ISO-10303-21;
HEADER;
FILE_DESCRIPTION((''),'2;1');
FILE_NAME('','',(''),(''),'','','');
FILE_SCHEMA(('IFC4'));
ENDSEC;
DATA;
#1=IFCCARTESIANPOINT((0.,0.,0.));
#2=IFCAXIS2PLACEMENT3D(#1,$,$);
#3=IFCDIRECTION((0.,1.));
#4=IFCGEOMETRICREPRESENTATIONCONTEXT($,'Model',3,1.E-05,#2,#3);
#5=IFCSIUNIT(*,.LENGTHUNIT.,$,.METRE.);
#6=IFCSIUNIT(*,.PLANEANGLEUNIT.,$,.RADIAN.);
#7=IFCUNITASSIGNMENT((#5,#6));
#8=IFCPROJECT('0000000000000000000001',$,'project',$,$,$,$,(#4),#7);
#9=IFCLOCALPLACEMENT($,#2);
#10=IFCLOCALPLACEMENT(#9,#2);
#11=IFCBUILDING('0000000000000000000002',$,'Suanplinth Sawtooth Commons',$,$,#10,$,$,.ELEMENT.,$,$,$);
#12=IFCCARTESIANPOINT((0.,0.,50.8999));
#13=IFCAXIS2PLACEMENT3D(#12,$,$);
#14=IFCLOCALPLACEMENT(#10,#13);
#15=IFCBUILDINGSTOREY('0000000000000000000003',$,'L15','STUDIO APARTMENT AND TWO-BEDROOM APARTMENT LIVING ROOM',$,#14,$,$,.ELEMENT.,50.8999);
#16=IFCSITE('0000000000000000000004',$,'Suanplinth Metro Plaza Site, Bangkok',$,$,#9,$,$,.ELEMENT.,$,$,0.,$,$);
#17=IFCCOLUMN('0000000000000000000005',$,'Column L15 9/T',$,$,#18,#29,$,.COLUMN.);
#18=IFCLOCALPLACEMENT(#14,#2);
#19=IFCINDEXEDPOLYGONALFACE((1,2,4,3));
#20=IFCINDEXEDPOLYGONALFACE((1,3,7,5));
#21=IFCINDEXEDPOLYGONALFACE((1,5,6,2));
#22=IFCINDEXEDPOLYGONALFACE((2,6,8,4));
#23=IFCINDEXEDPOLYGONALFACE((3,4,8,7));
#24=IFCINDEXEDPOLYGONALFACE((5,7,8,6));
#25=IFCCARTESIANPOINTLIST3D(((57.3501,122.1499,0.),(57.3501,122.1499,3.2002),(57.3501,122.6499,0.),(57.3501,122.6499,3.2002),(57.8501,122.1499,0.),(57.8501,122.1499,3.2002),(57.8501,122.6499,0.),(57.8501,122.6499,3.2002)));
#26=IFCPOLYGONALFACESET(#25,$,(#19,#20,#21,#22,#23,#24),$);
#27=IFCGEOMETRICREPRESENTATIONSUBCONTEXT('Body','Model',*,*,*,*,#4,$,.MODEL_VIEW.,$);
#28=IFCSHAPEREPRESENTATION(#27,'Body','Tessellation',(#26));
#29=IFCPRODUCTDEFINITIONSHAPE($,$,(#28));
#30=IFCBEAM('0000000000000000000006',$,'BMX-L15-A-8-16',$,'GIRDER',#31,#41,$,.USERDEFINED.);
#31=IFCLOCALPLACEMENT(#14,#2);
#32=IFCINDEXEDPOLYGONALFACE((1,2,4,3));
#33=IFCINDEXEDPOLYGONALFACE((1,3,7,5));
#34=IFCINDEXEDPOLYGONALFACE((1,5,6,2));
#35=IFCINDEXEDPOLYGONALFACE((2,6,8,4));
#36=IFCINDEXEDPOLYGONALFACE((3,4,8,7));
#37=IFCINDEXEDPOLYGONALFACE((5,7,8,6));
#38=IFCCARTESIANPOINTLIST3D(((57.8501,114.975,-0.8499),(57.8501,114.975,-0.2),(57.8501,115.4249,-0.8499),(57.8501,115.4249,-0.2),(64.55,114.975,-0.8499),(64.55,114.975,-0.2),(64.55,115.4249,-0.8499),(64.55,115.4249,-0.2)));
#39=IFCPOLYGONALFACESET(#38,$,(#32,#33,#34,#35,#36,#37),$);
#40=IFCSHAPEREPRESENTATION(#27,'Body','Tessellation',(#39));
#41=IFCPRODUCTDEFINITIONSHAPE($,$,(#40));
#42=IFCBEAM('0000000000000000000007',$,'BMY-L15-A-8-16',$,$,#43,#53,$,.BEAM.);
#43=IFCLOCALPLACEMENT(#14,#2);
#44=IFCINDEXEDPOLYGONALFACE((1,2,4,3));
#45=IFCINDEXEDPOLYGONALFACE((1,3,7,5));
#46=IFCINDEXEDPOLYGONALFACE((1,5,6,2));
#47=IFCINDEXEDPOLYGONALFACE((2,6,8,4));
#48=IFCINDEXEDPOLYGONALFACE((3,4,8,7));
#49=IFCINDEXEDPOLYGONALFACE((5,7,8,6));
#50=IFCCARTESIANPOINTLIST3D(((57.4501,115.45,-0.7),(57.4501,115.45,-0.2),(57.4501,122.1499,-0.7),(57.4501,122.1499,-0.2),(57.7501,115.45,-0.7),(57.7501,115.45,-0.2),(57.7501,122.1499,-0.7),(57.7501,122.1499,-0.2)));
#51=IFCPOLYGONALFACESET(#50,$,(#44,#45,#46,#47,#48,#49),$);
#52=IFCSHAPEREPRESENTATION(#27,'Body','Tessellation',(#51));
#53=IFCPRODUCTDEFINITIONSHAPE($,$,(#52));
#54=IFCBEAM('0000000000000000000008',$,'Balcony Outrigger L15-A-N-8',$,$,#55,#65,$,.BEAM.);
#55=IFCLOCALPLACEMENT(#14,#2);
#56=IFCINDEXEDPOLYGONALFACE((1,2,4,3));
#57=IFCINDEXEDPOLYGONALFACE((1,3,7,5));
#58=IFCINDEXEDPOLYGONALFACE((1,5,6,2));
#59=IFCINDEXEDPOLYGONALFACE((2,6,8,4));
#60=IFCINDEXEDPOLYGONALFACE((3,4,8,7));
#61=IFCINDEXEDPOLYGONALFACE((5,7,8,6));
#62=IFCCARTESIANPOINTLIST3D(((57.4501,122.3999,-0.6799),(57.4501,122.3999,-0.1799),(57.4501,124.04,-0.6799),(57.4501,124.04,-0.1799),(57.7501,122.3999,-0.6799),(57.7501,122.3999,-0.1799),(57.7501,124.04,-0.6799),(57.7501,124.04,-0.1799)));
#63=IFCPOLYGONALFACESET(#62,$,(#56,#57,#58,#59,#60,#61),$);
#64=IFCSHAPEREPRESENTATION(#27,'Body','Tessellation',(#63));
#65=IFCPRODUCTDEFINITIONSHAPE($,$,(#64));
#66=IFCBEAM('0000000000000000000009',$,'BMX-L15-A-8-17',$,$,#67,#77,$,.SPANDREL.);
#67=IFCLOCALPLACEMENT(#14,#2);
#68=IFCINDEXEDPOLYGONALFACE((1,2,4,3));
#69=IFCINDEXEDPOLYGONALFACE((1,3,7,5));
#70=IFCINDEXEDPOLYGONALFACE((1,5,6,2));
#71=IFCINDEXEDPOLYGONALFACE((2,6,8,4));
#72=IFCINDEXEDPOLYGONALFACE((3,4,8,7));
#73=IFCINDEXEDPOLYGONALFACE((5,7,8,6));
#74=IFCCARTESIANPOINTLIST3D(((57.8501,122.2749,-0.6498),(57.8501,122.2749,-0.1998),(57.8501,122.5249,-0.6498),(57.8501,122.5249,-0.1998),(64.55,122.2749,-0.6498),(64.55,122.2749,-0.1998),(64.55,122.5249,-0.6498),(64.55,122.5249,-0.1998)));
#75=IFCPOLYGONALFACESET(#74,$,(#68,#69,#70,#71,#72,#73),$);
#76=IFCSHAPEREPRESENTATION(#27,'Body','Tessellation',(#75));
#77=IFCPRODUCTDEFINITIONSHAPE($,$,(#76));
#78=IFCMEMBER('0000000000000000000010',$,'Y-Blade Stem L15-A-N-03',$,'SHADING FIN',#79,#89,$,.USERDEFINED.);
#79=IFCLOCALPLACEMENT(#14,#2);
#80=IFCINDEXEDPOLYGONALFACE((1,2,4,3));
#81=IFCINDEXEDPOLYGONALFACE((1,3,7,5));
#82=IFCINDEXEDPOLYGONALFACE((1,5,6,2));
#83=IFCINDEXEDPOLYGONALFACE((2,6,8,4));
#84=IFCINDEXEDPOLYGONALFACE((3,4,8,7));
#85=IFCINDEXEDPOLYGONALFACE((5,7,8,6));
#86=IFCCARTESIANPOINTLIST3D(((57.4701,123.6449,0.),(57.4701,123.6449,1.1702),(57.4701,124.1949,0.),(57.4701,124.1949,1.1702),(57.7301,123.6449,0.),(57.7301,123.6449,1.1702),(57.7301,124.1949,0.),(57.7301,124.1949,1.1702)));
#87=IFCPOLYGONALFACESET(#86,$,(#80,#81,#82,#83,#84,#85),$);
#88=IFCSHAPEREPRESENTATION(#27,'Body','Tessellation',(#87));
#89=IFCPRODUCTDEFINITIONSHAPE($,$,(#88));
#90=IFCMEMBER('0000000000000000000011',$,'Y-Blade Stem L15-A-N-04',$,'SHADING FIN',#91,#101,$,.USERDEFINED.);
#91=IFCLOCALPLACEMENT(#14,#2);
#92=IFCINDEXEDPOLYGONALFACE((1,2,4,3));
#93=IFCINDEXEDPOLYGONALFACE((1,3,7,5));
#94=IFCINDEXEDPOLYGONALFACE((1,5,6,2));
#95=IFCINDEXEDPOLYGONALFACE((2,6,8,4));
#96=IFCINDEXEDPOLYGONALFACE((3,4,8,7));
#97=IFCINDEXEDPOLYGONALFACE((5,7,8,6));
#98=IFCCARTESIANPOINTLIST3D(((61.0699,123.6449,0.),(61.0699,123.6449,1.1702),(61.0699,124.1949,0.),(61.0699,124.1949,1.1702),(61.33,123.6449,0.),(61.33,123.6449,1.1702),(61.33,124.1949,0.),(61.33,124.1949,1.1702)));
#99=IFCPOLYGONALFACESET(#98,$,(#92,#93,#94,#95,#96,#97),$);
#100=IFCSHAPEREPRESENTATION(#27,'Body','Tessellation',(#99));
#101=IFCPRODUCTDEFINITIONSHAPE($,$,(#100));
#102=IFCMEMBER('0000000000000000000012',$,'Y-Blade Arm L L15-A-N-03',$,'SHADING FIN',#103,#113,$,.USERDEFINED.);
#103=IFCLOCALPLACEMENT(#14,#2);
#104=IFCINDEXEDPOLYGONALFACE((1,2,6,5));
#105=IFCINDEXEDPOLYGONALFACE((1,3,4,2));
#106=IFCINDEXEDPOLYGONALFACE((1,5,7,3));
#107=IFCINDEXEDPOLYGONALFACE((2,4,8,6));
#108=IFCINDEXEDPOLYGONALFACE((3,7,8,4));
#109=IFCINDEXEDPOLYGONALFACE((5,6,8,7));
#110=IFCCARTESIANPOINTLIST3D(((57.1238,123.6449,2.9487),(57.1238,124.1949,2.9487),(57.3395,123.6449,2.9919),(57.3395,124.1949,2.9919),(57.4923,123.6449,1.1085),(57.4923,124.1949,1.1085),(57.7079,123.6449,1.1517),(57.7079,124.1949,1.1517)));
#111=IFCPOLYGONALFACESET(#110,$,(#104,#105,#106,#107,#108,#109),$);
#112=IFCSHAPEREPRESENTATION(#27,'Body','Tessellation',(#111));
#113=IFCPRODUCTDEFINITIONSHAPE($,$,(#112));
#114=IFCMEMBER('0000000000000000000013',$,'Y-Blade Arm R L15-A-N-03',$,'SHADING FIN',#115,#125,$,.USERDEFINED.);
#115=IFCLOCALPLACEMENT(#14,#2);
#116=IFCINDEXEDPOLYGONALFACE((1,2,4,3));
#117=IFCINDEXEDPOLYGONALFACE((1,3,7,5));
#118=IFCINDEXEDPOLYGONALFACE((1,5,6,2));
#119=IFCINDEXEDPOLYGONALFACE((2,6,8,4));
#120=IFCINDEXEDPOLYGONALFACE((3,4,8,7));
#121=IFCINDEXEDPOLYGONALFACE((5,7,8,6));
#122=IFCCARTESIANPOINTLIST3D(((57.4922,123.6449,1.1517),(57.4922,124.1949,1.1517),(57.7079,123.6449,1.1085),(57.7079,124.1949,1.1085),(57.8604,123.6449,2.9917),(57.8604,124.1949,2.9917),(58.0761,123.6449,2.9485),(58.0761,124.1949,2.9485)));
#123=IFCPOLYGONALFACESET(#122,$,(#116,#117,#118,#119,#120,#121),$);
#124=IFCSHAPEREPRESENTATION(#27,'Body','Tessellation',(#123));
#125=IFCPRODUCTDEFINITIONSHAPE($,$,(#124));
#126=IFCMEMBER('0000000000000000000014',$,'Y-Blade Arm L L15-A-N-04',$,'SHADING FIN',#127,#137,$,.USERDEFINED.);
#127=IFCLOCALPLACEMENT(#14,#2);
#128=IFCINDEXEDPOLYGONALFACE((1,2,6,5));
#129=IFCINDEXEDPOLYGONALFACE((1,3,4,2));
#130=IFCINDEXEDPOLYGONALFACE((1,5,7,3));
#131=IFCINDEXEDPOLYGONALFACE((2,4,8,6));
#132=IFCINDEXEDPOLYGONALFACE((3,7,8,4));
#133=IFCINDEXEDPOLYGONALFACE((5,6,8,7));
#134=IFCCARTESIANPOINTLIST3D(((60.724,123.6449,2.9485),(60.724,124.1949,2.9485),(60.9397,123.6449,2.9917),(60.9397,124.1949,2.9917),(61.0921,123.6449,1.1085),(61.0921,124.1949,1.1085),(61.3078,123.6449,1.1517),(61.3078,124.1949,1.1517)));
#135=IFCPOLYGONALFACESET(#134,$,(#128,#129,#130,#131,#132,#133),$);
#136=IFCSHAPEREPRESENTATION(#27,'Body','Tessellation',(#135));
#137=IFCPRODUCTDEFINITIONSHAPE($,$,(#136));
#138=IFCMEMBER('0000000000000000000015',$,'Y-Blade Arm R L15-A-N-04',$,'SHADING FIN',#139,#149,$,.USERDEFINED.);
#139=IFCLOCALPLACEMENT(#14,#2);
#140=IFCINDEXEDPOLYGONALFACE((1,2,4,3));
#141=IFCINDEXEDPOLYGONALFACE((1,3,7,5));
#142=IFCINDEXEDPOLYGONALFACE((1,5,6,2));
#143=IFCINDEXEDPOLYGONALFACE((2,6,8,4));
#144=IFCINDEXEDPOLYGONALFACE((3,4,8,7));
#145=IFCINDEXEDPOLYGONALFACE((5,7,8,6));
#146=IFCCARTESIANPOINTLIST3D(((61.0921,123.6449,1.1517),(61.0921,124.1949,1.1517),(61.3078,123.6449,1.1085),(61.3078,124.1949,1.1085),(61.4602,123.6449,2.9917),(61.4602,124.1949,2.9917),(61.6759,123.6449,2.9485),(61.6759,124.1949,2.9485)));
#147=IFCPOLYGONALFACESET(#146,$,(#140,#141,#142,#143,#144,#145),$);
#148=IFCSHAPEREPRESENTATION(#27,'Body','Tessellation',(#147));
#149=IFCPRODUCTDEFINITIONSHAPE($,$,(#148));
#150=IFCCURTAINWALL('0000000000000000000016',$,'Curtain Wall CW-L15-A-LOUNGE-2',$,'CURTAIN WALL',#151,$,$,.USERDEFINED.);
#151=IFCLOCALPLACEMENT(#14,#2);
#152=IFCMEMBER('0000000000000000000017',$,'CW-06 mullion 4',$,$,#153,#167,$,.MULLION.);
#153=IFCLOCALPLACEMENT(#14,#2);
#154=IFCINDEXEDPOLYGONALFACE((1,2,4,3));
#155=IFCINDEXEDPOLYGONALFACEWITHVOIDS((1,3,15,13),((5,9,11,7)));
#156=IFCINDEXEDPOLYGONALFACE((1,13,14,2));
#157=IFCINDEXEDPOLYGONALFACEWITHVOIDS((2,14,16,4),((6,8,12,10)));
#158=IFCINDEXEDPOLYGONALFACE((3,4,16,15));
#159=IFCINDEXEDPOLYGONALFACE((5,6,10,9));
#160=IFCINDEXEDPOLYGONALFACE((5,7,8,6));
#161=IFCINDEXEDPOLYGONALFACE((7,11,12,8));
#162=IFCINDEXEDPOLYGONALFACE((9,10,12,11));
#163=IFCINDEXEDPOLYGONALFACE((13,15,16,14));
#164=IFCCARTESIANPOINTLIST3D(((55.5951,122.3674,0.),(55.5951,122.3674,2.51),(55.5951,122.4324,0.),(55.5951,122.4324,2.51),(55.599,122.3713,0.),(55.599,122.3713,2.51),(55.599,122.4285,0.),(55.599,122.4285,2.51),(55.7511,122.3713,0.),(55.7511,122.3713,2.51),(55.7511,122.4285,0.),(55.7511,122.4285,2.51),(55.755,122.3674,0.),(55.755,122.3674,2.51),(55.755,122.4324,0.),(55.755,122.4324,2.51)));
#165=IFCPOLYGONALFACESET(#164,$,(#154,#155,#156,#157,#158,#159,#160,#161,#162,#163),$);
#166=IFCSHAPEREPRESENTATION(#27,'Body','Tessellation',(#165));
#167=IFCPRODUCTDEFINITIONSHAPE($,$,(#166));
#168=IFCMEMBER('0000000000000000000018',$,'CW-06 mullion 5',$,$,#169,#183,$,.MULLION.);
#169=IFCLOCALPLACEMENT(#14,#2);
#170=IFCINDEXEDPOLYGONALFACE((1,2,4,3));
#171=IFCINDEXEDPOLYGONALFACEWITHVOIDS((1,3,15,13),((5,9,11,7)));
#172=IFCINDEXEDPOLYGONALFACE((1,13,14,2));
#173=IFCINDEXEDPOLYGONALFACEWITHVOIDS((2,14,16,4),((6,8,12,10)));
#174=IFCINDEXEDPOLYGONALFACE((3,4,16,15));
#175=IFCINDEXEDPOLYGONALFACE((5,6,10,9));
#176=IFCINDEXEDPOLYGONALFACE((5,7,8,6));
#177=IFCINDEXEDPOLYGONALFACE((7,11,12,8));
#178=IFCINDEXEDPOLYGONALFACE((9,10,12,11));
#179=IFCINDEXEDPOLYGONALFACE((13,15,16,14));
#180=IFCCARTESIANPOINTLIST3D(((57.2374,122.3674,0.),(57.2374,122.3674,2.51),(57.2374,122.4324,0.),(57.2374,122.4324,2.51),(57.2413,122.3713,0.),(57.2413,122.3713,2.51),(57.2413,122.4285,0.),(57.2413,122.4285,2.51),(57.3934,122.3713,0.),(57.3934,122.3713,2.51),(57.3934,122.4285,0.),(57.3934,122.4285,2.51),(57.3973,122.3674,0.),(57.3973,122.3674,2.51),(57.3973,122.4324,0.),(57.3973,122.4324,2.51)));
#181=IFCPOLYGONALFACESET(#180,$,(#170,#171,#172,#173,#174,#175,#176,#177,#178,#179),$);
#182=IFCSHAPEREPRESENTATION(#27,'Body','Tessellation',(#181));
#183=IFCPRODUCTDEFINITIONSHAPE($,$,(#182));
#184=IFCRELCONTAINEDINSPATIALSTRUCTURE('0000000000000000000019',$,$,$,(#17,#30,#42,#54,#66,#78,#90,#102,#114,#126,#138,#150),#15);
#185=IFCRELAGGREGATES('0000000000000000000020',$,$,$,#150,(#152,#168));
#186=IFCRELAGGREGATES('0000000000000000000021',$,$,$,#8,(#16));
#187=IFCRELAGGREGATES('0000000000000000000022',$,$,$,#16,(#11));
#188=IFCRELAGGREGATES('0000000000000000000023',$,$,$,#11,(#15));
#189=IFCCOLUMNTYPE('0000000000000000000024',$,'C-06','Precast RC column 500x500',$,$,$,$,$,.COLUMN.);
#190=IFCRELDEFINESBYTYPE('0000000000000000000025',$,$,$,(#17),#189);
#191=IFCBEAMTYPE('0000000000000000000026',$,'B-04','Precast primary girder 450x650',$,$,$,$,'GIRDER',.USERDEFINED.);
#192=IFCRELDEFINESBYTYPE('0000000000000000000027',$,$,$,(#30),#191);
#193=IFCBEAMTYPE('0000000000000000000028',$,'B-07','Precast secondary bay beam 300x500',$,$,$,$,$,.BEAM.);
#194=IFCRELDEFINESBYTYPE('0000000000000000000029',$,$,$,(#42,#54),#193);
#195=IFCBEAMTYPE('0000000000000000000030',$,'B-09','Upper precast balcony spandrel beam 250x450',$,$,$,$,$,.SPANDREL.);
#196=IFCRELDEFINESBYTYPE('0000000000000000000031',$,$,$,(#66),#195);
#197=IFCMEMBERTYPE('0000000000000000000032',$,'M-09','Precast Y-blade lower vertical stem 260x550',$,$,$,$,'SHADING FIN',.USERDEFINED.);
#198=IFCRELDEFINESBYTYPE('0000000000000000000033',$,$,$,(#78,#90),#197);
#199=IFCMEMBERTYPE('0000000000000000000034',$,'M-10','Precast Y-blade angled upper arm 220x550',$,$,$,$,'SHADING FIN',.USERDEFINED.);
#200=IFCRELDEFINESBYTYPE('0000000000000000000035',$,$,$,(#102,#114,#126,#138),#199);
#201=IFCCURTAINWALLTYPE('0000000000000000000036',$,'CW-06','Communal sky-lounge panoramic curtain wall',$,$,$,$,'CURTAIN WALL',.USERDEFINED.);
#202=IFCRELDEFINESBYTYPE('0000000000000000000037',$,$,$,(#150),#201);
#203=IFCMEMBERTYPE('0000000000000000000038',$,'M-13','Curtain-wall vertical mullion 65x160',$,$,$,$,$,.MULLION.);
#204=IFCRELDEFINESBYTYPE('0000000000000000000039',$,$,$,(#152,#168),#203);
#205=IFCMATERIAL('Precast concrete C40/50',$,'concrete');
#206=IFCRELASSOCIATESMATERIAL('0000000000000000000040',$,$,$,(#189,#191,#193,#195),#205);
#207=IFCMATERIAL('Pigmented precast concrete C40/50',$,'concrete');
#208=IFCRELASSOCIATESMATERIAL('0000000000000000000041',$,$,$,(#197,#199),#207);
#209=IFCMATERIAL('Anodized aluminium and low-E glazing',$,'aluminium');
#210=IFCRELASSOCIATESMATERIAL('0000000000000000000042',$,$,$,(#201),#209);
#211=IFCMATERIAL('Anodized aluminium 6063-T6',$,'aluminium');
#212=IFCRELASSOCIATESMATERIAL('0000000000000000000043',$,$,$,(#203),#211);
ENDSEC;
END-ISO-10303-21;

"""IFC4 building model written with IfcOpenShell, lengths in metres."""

from ifc_helpers import new_model, si_unit, direction, frame, origin, origin_2d, place, context, subcontext, project, spatial, rectangle, hollow_rectangle, extrude, material, material_profile, profile_set, type_object, element, aggregate, save


model = new_model("IFC4")

# Units and contexts
model_context = context("Model", 3, precision=1e-05, world=origin(), true_north=direction((0.0, 1.0)))
body_context = subcontext(model_context, "Body", "Model", "MODEL_VIEW")
ifc_project = project(units=[si_unit("LENGTHUNIT", "METRE"), si_unit("PLANEANGLEUNIT", "RADIAN")], contexts=[model_context])

# Site, building, storey
site_placement = place(None, origin())
site = spatial("IfcSite", under=ifc_project, at=site_placement, Name="Suanplinth Metro Plaza Site, Bangkok", CompositionType="ELEMENT", RefElevation=0.0)
building_placement = place(site_placement, origin())
building = spatial("IfcBuilding", under=site, at=building_placement, Name="Suanplinth Sawtooth Commons", CompositionType="ELEMENT")
storey_placement = place(building_placement, frame((0.0, 0.0, 50.8999)))
storey = spatial("IfcBuildingStorey", under=building, at=storey_placement, Name="L15", Description="STUDIO APARTMENT AND TWO-BEDROOM APARTMENT LIVING ROOM", CompositionType="ELEMENT", Elevation=50.8999)

# Column
ifc_material_1 = material(Name="Precast concrete C40/50", Category="concrete")
ifc_material_profile_1 = material_profile(ifc_material_1, rectangle(XDim=0.5, YDim=0.5, at=origin_2d()), Name="PC-COL 500x500")
ifc_profile_set_1 = profile_set([ifc_material_profile_1], Name="Precast concrete C40/50")
column_type = type_object("IfcColumnType", Name="C-06", Description="Precast RC column 500x500", PredefinedType="COLUMN", material=ifc_profile_set_1)
column_placement = place(storey_placement, frame((57.6001, 122.3999, 0.0), z_axis=(0.0, 0.0, 1.0), x_axis=(1.0, 0.0, 0.0)))
element("IfcColumn", 1, at=column_placement, inside=storey, type_object=column_type, Name="Column L15 9/T", PredefinedType="COLUMN", context=body_context, shape_type="SweptSolid", body=[
    extrude(rectangle(XDim=0.5, YDim=0.5, at=origin_2d()), origin(), (0.0, 0.0, 1.0), 3.2002),
])

# Beams
ifc_material_profile_2 = material_profile(ifc_material_1, rectangle(XDim=0.45, YDim=0.6499, at=origin_2d()), Name="PC-GDR 450x650")
ifc_profile_set_2 = profile_set([ifc_material_profile_2], Name="Precast concrete C40/50")
beam_type_1 = type_object("IfcBeamType", Name="B-04", Description="Precast primary girder 450x650", ElementType="GIRDER", PredefinedType="USERDEFINED", material=ifc_profile_set_2)
beam_1_placement = place(storey_placement, frame((57.8501, 115.2, -0.5249), z_axis=(1.0, 0.0, 0.0), x_axis=(0.0, 1.0, 0.0)))
element("IfcBeam", 2, at=beam_1_placement, inside=storey, type_object=beam_type_1, Name="BMX-L15-A-8-16", ObjectType="GIRDER", PredefinedType="USERDEFINED", context=body_context, shape_type="SweptSolid", body=[
    extrude(rectangle(XDim=0.45, YDim=0.6499, at=origin_2d()), origin(), (0.0, 0.0, 1.0), 6.7),
])
ifc_material_profile_3 = material_profile(ifc_material_1, rectangle(XDim=0.3, YDim=0.5, at=origin_2d()), Name="PC-BM 300x500")
ifc_profile_set_3 = profile_set([ifc_material_profile_3], Name="Precast concrete C40/50")
beam_type_2 = type_object("IfcBeamType", Name="B-07", Description="Precast secondary bay beam 300x500", PredefinedType="BEAM", material=ifc_profile_set_3)
beam_2_placement = place(storey_placement, frame((57.6001, 115.45, -0.45), z_axis=(0.0, 1.0, 0.0), x_axis=(-1.0, 0.0, 0.0)))
element("IfcBeam", 3, at=beam_2_placement, inside=storey, type_object=beam_type_2, Name="BMY-L15-A-8-16", PredefinedType="BEAM", context=body_context, shape_type="SweptSolid", body=[
    extrude(rectangle(XDim=0.3, YDim=0.5, at=origin_2d()), origin(), (0.0, 0.0, 1.0), 6.7),
])
beam_3_placement = place(storey_placement, frame((57.6001, 122.3999, -0.4299), z_axis=(0.0, 1.0, 0.0), x_axis=(-1.0, 0.0, 0.0)))
element("IfcBeam", 4, at=beam_3_placement, inside=storey, type_object=beam_type_2, Name="Balcony Outrigger L15-A-N-8", PredefinedType="BEAM", context=body_context, shape_type="SweptSolid", body=[
    extrude(rectangle(XDim=0.3, YDim=0.5, at=origin_2d()), origin(), (0.0, 0.0, 1.0), 1.6401),
])
ifc_material_profile_4 = material_profile(ifc_material_1, rectangle(XDim=0.25, YDim=0.45, at=origin_2d()), Name="PC-SP 250x450")
ifc_profile_set_4 = profile_set([ifc_material_profile_4], Name="Precast concrete C40/50")
beam_type_3 = type_object("IfcBeamType", Name="B-09", Description="Upper precast balcony spandrel beam 250x450", PredefinedType="SPANDREL", material=ifc_profile_set_4)
beam_4_placement = place(storey_placement, frame((57.8501, 122.3999, -0.4248), z_axis=(1.0, 0.0, 0.0), x_axis=(0.0, 1.0, 0.0)))
element("IfcBeam", 5, at=beam_4_placement, inside=storey, type_object=beam_type_3, Name="BMX-L15-A-8-17", PredefinedType="SPANDREL", context=body_context, shape_type="SweptSolid", body=[
    extrude(rectangle(XDim=0.25, YDim=0.45, at=origin_2d()), origin(), (0.0, 0.0, 1.0), 6.7),
])

# Members
ifc_material_2 = material(Name="Pigmented precast concrete C40/50", Category="concrete")
ifc_material_profile_5 = material_profile(ifc_material_2, rectangle(XDim=0.26, YDim=0.55, at=origin_2d()), Name="PC-FIN 260x550")
ifc_profile_set_5 = profile_set([ifc_material_profile_5], Name="Pigmented precast concrete C40/50")
member_type_1 = type_object("IfcMemberType", Name="M-09", Description="Precast Y-blade lower vertical stem 260x550", ElementType="SHADING FIN", PredefinedType="USERDEFINED", material=ifc_profile_set_5)
for number, where, z_axis, x_axis, name in (
    (6, (57.6001, 123.9199, 0.0), (0.0, 0.0, 1.0), (1.0, 0.0, 0.0), "Y-Blade Stem L15-A-N-03"),
    (7, (61.2, 123.9199, 0.0), (0.0, 0.0, 1.0), (1.0, 0.0, 0.0), "Y-Blade Stem L15-A-N-04"),
):
    element("IfcMember", number, at=place(storey_placement, frame(where, z_axis=z_axis, x_axis=x_axis)), inside=storey, type_object=member_type_1, Name=name, ObjectType="SHADING FIN", PredefinedType="USERDEFINED", context=body_context, shape_type="SweptSolid", body=[
        extrude(rectangle(XDim=0.26, YDim=0.55, at=origin_2d()), origin(), (0.0, 0.0, 1.0), 1.1702),
    ])
ifc_material_profile_6 = material_profile(ifc_material_2, rectangle(XDim=0.22, YDim=0.55, at=origin_2d()), Name="PC-FIN 220x550")
ifc_profile_set_6 = profile_set([ifc_material_profile_6], Name="Pigmented precast concrete C40/50")
member_type_2 = type_object("IfcMemberType", Name="M-10", Description="Precast Y-blade angled upper arm 220x550", ElementType="SHADING FIN", PredefinedType="USERDEFINED", material=ifc_profile_set_6)
member_1_placement = place(storey_placement, frame((57.6001, 123.9199, 1.1301), z_axis=(-0.196316, 0.0, 0.980541), x_axis=(0.980541, 0.0, 0.196316)))
element("IfcMember", 8, at=member_1_placement, inside=storey, type_object=member_type_2, Name="Y-Blade Arm L L15-A-N-03", ObjectType="SHADING FIN", PredefinedType="USERDEFINED", context=body_context, shape_type="SweptSolid", body=[
    extrude(rectangle(XDim=0.22, YDim=0.55, at=origin_2d()), origin(), (0.0, 0.0, 1.0), 1.8767),
])
for number, where, z_axis, x_axis, name in (
    (9, (57.6001, 123.9199, 1.1301), (0.196191, 0.0, 0.980566), (-0.980566, 0.0, 0.196191), "Y-Blade Arm R L15-A-N-03"),
    (10, (61.2, 123.9199, 1.1301), (-0.196191, 0.0, 0.980566), (0.980566, 0.0, 0.196191), "Y-Blade Arm L L15-A-N-04"),
    (11, (61.2, 123.9199, 1.1301), (0.196191, 0.0, 0.980566), (-0.980566, 0.0, 0.196191), "Y-Blade Arm R L15-A-N-04"),
):
    element("IfcMember", number, at=place(storey_placement, frame(where, z_axis=z_axis, x_axis=x_axis)), inside=storey, type_object=member_type_2, Name=name, ObjectType="SHADING FIN", PredefinedType="USERDEFINED", context=body_context, shape_type="SweptSolid", body=[
        extrude(rectangle(XDim=0.22, YDim=0.55, at=origin_2d()), origin(), (0.0, 0.0, 1.0), 1.8765),
    ])

# Curtain wall, members
ifc_material_3 = material(Name="Anodized aluminium and low-E glazing", Category="aluminium")
curtain_wall_type = type_object("IfcCurtainWallType", Name="CW-06", Description="Communal sky-lounge panoramic curtain wall", ElementType="CURTAIN WALL", PredefinedType="USERDEFINED", material=ifc_material_3)
curtain_wall_placement = place(storey_placement, origin())
curtain_wall = element("IfcCurtainWall", 12, at=curtain_wall_placement, inside=storey, type_object=curtain_wall_type, Name="Curtain Wall CW-L15-A-LOUNGE-2", ObjectType="CURTAIN WALL", PredefinedType="USERDEFINED")
ifc_material_4 = material(Name="Anodized aluminium 6063-T6", Category="aluminium")
ifc_material_profile_7 = material_profile(ifc_material_4, hollow_rectangle(XDim=0.0649, YDim=0.1599, WallThickness=0.0039, at=origin_2d()), Name="ALU-MUL 65x160")
ifc_profile_set_7 = profile_set([ifc_material_profile_7], Name="Anodized aluminium 6063-T6")
member_type_3 = type_object("IfcMemberType", Name="M-13", Description="Curtain-wall vertical mullion 65x160", PredefinedType="MULLION", material=ifc_profile_set_7)
member_2_placement = place(storey_placement, frame((55.675, 122.3999, 0.0), z_axis=(0.0, 0.0, 1.0), x_axis=(0.0, 1.0, 0.0)))
member_2 = element("IfcMember", 13, at=member_2_placement, type_object=member_type_3, Name="CW-06 mullion 4", PredefinedType="MULLION", context=body_context, shape_type="SweptSolid", body=[
    extrude(hollow_rectangle(XDim=0.0649, YDim=0.1599, WallThickness=0.0039, at=origin_2d()), origin(), (0.0, 0.0, 1.0), 2.51),
])
member_3_placement = place(storey_placement, frame((57.3174, 122.3999, 0.0), z_axis=(0.0, 0.0, 1.0), x_axis=(0.0, 1.0, 0.0)))
member_3 = element("IfcMember", 14, at=member_3_placement, type_object=member_type_3, Name="CW-06 mullion 5", PredefinedType="MULLION", context=body_context, shape_type="SweptSolid", body=[
    extrude(hollow_rectangle(XDim=0.0649, YDim=0.1599, WallThickness=0.0039, at=origin_2d()), origin(), (0.0, 0.0, 1.0), 2.51),
])

aggregate(curtain_wall, [member_2, member_3])

save(model, "model.ifc")
